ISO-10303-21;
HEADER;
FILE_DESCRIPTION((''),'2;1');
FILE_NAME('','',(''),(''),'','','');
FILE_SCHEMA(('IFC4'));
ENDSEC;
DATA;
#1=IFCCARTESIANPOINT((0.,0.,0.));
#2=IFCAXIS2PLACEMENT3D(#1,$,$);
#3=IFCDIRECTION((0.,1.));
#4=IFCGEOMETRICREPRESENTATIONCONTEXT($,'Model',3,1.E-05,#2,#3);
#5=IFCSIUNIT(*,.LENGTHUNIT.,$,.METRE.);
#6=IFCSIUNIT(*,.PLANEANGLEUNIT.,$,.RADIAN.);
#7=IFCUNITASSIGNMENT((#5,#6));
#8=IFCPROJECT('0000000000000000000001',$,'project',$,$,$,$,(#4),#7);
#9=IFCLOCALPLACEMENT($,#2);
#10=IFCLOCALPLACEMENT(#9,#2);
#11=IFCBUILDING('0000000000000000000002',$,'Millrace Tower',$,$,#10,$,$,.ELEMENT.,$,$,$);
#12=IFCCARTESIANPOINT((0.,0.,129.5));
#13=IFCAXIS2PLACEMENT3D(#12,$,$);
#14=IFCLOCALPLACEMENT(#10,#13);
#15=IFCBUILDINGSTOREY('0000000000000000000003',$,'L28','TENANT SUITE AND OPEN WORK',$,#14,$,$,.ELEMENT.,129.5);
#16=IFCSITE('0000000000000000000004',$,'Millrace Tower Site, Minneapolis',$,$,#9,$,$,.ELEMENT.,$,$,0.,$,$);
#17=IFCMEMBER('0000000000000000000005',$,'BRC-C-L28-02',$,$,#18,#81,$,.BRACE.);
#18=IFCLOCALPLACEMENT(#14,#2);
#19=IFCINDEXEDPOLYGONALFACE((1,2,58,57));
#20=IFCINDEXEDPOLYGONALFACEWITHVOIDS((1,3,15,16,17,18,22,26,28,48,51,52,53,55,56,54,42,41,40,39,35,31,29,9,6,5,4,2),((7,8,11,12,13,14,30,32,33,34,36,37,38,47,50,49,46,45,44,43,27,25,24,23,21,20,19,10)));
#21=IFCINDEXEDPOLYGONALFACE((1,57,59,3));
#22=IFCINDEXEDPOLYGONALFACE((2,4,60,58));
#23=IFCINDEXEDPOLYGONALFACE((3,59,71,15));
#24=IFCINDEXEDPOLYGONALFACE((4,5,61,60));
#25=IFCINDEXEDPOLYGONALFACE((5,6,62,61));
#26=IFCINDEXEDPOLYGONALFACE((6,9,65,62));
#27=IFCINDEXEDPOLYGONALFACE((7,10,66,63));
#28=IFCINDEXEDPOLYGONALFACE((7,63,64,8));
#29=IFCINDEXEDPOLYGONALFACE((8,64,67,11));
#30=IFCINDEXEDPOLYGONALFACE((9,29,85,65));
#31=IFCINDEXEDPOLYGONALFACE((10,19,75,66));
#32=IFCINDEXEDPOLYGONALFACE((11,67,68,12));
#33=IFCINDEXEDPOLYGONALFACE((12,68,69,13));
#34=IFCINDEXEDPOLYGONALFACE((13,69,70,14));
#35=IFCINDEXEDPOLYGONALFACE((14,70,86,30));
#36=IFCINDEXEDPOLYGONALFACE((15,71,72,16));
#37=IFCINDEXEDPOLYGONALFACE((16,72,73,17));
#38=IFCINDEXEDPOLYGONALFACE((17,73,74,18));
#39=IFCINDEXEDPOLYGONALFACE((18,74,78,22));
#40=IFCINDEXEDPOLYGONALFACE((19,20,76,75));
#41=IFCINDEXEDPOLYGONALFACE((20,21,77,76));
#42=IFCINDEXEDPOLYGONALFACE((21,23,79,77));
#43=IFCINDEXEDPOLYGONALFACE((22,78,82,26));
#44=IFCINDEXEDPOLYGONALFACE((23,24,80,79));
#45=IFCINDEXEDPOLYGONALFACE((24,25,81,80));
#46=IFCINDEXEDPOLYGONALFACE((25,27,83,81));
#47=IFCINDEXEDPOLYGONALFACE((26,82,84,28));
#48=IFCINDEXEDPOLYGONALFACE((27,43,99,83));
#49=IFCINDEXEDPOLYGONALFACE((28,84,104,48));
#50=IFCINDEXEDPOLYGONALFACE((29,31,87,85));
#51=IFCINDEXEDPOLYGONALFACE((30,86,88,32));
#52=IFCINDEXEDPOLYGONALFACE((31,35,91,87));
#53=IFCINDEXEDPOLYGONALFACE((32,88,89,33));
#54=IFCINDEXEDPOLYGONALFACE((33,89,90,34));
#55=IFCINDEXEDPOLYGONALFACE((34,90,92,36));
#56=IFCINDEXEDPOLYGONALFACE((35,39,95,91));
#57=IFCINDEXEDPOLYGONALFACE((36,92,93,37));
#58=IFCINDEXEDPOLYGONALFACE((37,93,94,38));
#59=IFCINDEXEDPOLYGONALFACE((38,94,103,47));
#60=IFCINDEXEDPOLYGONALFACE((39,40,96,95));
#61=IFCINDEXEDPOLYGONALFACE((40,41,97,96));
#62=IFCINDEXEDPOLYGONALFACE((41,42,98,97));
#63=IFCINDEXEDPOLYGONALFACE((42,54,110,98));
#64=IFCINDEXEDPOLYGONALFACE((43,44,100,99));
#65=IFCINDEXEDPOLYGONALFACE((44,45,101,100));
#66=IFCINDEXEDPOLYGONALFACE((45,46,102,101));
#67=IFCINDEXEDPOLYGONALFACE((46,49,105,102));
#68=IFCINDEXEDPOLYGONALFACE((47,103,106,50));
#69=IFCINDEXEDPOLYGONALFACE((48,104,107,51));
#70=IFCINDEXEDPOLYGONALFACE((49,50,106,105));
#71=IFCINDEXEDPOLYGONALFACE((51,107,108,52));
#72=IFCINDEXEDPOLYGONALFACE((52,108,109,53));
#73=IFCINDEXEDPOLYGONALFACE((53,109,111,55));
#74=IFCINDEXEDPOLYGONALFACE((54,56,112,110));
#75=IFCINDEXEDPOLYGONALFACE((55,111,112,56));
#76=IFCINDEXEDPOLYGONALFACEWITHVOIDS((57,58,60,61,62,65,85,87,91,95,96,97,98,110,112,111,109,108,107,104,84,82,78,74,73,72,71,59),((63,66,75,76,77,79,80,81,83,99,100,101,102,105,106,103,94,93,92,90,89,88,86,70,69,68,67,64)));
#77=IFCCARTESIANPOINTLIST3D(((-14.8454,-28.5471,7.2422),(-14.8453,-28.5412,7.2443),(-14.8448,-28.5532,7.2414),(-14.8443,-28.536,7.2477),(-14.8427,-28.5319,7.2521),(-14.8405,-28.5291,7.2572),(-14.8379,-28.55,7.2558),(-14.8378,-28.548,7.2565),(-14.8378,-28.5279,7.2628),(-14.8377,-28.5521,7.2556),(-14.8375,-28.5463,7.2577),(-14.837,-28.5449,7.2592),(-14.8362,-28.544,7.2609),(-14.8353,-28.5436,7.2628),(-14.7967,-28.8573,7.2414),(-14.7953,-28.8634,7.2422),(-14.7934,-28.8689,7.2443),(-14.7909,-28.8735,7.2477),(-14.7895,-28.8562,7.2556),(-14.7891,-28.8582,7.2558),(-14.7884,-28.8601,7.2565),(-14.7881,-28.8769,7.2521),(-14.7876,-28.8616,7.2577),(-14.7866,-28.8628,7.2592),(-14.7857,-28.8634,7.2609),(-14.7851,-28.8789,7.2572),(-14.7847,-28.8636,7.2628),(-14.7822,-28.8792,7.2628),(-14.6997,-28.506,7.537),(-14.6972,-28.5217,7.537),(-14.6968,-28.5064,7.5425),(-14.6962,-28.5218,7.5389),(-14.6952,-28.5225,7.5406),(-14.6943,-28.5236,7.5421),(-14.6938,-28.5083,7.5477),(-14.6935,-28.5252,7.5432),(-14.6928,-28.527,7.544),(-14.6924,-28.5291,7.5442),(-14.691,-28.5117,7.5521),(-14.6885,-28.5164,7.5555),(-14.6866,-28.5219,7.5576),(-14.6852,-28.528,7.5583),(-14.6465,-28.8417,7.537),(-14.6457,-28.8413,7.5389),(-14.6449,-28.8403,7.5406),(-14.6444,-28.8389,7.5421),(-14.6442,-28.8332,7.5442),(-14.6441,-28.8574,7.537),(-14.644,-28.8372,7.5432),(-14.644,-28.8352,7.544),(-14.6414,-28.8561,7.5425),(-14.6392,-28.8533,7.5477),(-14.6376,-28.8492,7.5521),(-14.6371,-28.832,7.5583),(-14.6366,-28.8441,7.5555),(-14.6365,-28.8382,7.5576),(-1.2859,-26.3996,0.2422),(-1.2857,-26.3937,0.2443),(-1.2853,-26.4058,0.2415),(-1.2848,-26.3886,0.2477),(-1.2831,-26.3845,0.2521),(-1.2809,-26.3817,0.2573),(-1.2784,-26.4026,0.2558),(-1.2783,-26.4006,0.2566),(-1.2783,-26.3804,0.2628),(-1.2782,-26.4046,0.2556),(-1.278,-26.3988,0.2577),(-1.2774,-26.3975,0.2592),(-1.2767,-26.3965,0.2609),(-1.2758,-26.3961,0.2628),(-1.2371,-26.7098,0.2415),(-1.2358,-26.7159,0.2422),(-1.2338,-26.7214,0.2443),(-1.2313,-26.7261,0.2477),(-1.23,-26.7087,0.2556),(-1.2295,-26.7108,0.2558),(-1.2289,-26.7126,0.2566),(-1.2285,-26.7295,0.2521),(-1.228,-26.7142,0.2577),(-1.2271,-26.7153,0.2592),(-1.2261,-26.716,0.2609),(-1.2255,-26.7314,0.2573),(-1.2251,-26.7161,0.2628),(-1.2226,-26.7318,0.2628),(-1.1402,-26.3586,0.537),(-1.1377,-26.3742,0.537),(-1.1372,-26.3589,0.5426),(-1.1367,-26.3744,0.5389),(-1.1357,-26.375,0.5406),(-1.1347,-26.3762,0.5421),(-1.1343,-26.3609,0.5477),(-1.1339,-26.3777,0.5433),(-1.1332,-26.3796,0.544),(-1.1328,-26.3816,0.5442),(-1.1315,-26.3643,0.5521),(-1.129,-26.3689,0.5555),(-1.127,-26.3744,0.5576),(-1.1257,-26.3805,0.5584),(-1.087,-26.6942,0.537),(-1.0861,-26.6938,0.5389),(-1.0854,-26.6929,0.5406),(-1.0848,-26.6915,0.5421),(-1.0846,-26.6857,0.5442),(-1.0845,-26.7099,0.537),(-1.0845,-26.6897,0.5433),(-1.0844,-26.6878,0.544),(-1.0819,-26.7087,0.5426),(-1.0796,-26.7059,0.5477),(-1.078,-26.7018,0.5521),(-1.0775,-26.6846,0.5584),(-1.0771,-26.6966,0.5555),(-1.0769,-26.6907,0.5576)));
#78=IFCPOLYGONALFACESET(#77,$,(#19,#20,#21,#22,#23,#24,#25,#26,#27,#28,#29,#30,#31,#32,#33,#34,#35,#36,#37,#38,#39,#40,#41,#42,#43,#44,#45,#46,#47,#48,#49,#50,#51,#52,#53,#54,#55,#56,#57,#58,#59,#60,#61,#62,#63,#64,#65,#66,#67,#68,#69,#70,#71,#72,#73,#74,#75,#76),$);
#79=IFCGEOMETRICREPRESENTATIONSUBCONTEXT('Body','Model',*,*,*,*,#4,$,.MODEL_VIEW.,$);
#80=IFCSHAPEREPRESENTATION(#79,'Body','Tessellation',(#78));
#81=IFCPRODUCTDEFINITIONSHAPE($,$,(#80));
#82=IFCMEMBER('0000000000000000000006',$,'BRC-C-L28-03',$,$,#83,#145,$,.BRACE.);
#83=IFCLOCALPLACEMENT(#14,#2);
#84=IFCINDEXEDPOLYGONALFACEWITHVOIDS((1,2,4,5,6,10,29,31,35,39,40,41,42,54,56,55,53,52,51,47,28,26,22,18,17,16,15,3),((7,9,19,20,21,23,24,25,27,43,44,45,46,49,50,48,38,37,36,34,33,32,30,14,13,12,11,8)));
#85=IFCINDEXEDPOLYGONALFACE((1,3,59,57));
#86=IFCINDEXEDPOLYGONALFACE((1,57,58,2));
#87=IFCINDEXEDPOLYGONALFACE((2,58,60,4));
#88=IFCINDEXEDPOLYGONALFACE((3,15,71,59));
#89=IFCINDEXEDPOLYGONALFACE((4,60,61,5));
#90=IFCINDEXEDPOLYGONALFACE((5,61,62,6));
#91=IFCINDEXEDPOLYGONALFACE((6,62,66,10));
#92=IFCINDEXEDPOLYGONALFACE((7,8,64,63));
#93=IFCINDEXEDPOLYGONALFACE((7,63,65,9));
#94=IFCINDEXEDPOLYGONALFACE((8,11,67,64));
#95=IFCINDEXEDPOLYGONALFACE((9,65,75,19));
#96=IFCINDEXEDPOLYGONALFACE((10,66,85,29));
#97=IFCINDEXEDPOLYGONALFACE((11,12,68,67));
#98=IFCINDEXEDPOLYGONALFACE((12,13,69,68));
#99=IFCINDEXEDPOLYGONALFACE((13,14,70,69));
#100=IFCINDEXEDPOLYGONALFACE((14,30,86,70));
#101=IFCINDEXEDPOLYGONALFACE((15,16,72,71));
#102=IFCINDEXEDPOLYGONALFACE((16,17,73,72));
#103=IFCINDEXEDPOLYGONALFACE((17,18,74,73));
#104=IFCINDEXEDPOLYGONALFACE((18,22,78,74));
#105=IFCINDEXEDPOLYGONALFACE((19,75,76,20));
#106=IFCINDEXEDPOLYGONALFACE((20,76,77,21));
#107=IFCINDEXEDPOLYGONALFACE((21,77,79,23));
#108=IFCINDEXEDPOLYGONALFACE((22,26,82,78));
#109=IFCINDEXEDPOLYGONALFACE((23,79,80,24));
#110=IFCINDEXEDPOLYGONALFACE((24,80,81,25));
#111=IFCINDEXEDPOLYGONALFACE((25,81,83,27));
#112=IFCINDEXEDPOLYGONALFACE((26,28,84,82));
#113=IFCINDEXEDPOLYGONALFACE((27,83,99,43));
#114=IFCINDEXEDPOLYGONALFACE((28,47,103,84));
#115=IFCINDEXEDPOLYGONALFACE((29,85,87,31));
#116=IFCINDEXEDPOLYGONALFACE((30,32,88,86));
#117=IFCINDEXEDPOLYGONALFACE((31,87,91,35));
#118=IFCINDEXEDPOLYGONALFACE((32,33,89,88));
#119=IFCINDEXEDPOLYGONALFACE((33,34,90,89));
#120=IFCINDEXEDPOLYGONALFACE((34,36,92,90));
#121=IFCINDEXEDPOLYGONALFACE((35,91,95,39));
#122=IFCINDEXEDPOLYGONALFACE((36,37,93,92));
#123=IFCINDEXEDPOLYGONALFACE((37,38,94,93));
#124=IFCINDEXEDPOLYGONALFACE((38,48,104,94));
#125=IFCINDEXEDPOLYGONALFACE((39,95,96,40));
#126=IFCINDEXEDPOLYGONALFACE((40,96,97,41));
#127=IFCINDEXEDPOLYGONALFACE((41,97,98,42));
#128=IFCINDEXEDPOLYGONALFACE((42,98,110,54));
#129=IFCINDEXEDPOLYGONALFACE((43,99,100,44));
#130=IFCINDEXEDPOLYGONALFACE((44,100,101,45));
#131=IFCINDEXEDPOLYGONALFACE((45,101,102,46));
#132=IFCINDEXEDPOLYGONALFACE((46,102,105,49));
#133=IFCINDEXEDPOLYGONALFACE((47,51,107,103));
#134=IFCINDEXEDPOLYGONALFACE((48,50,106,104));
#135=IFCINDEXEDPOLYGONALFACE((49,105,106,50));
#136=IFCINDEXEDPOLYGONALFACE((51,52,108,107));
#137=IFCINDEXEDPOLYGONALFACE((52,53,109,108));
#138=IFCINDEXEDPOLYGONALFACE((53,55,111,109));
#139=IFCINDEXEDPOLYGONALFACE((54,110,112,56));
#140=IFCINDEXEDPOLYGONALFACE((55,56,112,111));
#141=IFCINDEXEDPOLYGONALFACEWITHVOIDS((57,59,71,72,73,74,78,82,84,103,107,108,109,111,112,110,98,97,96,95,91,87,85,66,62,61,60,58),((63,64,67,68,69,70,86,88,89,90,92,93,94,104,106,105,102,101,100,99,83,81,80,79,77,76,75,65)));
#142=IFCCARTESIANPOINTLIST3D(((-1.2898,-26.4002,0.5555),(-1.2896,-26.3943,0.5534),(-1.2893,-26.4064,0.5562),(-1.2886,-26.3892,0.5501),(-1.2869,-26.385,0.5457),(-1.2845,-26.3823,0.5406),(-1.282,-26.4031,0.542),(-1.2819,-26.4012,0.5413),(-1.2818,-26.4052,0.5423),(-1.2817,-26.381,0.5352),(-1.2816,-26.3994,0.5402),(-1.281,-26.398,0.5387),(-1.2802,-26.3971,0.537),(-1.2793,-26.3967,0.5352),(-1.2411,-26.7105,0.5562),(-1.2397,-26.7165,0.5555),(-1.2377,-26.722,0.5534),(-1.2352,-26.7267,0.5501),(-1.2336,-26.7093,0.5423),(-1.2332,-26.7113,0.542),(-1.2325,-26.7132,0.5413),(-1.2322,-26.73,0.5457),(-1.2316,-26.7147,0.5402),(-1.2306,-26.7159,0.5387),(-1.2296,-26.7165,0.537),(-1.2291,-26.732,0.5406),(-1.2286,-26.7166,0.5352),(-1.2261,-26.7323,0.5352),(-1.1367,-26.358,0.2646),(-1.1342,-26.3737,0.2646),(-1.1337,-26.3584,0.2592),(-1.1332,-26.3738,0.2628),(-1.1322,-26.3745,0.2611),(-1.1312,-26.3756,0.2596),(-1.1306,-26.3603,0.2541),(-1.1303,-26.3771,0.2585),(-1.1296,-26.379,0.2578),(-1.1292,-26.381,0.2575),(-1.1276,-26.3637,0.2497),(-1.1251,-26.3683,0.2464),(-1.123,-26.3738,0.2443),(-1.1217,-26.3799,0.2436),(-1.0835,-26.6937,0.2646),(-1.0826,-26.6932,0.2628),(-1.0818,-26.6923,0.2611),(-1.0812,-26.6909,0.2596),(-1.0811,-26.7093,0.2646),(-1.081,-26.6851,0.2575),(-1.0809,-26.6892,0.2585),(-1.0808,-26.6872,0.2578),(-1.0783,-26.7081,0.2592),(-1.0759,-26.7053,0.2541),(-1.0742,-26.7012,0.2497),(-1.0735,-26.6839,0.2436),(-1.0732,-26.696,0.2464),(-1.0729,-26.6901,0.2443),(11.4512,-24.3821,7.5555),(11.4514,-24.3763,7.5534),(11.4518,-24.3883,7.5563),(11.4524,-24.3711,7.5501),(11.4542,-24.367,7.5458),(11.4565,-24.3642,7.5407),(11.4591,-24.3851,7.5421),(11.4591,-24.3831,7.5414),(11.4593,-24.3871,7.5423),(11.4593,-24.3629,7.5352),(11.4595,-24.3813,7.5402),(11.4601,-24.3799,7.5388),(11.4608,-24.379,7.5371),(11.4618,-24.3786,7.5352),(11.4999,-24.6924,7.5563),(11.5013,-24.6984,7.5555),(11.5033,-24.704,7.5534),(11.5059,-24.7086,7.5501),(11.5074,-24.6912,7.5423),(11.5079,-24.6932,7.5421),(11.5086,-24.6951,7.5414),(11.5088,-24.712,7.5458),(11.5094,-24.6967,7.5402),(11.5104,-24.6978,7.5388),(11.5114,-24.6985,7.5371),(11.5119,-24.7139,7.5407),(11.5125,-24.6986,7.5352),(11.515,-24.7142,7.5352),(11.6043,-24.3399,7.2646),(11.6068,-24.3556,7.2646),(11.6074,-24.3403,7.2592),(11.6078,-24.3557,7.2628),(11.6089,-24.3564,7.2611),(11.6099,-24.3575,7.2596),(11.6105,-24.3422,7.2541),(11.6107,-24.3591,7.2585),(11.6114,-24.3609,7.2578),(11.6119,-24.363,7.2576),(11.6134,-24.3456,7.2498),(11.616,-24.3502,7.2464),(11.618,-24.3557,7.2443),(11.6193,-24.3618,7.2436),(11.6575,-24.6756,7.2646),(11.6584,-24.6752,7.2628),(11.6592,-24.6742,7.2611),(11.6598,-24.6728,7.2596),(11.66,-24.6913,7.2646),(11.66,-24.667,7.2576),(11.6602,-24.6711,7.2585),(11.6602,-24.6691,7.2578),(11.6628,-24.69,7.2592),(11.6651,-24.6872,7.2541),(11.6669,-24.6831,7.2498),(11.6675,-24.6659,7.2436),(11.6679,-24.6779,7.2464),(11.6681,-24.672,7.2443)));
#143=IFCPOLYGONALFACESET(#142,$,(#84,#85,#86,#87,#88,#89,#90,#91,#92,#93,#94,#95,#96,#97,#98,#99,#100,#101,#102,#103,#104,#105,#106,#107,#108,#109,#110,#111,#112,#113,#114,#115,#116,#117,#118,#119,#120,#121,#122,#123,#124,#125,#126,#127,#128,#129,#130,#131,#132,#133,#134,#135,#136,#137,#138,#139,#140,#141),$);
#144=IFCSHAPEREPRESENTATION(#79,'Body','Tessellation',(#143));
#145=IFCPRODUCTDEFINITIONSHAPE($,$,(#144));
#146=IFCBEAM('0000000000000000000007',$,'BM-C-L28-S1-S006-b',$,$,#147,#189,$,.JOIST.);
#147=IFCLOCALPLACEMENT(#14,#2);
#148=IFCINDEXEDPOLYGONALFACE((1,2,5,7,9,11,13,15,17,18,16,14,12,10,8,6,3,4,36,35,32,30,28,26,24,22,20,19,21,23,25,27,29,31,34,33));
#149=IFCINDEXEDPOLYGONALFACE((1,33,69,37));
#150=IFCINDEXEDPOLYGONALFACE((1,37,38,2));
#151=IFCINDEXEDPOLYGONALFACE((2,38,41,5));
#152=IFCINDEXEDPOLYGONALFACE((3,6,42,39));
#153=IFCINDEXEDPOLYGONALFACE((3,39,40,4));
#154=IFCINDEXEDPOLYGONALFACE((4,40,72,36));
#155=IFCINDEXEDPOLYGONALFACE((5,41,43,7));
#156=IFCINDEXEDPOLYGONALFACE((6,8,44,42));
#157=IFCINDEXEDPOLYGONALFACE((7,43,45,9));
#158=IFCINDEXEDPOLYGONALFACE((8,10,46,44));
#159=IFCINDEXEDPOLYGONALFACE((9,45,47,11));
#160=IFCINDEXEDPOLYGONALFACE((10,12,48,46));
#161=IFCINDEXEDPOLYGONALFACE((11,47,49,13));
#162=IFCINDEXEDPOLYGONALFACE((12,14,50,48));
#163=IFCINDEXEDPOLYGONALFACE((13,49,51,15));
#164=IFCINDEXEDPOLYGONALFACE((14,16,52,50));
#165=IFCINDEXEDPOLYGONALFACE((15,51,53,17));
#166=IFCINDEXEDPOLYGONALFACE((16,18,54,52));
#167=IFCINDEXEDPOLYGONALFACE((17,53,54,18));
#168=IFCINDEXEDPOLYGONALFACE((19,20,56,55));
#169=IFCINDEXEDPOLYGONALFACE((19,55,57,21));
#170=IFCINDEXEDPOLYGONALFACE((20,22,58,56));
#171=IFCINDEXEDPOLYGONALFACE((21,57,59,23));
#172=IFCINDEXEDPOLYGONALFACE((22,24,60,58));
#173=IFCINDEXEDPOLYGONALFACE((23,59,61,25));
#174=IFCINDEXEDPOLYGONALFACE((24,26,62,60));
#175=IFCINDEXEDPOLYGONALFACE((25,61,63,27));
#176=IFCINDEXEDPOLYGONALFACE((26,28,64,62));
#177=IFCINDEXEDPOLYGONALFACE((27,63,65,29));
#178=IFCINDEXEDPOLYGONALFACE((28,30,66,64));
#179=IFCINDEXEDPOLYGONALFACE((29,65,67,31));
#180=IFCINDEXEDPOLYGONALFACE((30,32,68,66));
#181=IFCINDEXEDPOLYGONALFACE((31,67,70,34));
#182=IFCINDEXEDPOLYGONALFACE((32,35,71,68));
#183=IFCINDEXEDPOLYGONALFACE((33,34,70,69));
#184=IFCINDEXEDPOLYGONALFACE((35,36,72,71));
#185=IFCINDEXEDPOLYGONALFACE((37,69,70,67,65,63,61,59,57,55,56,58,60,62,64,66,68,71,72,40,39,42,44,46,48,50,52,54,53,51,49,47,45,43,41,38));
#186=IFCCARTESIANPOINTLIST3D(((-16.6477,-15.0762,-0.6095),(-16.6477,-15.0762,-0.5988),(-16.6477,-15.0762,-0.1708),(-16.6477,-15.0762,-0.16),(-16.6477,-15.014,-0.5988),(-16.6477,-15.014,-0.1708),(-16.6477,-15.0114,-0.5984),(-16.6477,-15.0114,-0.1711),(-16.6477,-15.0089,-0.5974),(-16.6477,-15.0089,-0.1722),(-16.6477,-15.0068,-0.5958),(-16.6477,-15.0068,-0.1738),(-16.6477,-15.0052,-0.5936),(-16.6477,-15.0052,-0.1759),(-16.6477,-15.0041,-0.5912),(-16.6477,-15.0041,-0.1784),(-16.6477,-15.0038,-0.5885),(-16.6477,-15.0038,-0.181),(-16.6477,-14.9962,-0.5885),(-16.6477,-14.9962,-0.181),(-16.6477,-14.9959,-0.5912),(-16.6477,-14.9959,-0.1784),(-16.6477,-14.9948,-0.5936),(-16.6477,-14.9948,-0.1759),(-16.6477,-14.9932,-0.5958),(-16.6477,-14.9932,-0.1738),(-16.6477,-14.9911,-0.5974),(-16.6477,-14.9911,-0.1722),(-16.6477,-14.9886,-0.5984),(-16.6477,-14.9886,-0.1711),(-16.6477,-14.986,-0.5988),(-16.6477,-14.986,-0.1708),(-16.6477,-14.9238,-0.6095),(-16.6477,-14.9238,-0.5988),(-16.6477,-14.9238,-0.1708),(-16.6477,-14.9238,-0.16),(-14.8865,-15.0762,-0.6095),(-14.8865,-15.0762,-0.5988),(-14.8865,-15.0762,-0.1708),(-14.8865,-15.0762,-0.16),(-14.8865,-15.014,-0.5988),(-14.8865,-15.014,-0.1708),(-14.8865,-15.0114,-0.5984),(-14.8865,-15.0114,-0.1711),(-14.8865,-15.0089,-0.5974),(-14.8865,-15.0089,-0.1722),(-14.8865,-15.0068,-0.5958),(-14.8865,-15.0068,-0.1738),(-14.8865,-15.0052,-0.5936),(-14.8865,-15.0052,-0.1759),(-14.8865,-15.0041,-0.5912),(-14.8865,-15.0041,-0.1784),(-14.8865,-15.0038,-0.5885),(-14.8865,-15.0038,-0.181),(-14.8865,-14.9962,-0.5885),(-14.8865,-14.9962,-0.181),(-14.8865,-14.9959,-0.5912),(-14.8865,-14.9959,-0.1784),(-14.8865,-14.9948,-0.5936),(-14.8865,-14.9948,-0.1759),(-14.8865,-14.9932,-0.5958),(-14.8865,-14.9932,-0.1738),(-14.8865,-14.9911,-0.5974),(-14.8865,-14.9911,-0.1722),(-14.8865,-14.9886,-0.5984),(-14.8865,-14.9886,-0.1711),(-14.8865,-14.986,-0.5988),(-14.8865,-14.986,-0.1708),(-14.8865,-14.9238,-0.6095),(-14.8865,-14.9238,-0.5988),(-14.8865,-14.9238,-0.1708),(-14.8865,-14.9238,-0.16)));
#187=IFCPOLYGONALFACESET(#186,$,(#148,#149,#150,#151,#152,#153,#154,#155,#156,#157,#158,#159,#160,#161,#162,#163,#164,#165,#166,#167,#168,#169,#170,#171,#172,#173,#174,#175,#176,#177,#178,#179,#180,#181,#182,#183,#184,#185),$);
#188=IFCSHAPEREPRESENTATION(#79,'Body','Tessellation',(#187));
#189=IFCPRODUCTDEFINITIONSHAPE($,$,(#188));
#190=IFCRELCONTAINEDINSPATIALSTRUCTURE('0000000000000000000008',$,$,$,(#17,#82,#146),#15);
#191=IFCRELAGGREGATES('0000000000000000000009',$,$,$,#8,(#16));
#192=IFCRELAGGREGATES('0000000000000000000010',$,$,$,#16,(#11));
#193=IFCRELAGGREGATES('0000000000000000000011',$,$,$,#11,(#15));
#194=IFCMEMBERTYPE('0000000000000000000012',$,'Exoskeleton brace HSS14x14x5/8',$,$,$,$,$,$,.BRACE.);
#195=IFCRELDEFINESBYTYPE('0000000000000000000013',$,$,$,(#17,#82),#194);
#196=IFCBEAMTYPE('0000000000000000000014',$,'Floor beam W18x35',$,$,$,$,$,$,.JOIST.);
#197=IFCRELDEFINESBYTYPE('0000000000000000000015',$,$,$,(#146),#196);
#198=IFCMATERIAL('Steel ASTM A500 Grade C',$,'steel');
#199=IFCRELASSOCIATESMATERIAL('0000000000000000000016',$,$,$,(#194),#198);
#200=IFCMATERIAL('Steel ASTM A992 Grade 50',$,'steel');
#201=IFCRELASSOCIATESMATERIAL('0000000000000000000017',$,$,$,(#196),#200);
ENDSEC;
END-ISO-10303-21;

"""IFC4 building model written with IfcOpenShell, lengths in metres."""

from ifc_helpers import new_model, si_unit, direction, frame, origin, origin_2d, place, context, subcontext, project, spatial, hollow_rectangle, i_section, extrude, material, material_profile, profile_set, type_object, element, save


model = new_model("IFC4")

# Units and contexts
model_context = context("Model", 3, precision=1e-05, world=origin(), true_north=direction((0.0, 1.0)))
body_context = subcontext(model_context, "Body", "Model", "MODEL_VIEW")
ifc_project = project(units=[si_unit("LENGTHUNIT", "METRE"), si_unit("PLANEANGLEUNIT", "RADIAN")], contexts=[model_context])

# Site, building, storey
site_placement = place(None, origin())
site = spatial("IfcSite", under=ifc_project, at=site_placement, Name="Millrace Tower Site, Minneapolis", CompositionType="ELEMENT", RefElevation=0.0)
building_placement = place(site_placement, origin())
building = spatial("IfcBuilding", under=site, at=building_placement, Name="Millrace Tower", CompositionType="ELEMENT")
storey_placement = place(building_placement, frame((0.0, 0.0, 129.5)))
storey = spatial("IfcBuildingStorey", under=building, at=storey_placement, Name="L28", Description="TENANT SUITE AND OPEN WORK", CompositionType="ELEMENT", Elevation=129.5)

# Members
ifc_material_1 = material(Name="Steel ASTM A500 Grade C", Category="steel")
ifc_material_profile_1 = material_profile(ifc_material_1, hollow_rectangle(XDim=0.3557, YDim=0.3557, WallThickness=0.0159, InnerFilletRadius=0.0081, OuterFilletRadius=0.0239, at=origin_2d()))
ifc_profile_set_1 = profile_set([ifc_material_profile_1], Name="Steel ASTM A500 Grade C")
member_type_1 = type_object("IfcMemberType", Name="Exoskeleton brace HSS14x14x5/8", PredefinedType="BRACE", material=ifc_profile_set_1)
member_1_placement = place(storey_placement, frame((-1.1814, -26.5452, 0.3999), z_axis=(-0.87991, -0.139353, 0.454245), x_axis=(0.156423, -0.98769, 0.0)))
element("IfcMember", 1, at=member_1_placement, inside=storey, type_object=member_type_1, Name="BRC-C-L28-02", PredefinedType="BRACE", context=body_context, shape_type="SweptSolid", body=[
    extrude(hollow_rectangle(XDim=0.3557, YDim=0.3557, WallThickness=0.0159, InnerFilletRadius=0.0081, OuterFilletRadius=0.0239, at=origin_2d()), origin(), (0.0, 0.0, 1.0), 15.4102),
])
member_2_placement = place(storey_placement, frame((-1.1814, -26.5452, 0.3999), z_axis=(0.86811, 0.137502, 0.476947), x_axis=(-0.156442, 0.987687, 0.0)))
element("IfcMember", 2, at=member_2_placement, inside=storey, type_object=member_type_1, Name="BRC-C-L28-03", PredefinedType="BRACE", context=body_context, shape_type="SweptSolid", body=[
    extrude(hollow_rectangle(XDim=0.3557, YDim=0.3557, WallThickness=0.0159, InnerFilletRadius=0.0081, OuterFilletRadius=0.0239, at=origin_2d()), origin(), (0.0, 0.0, 1.0), 14.6768),
])

# Beam
ifc_material_2 = material(Name="Steel ASTM A992 Grade 50", Category="steel")
ifc_material_profile_2 = material_profile(ifc_material_2, i_section(OverallWidth=0.1523, OverallDepth=0.4495, WebThickness=0.0076, FlangeThickness=0.0107, FilletRadius=0.0103, at=origin_2d()))
ifc_profile_set_2 = profile_set([ifc_material_profile_2], Name="Steel ASTM A992 Grade 50")
beam_type_1 = type_object("IfcBeamType", Name="Floor beam W18x35", PredefinedType="JOIST", material=ifc_profile_set_2)
beam_1_placement = place(storey_placement, frame((-16.6477, -15.0, -0.3848), z_axis=(1.0, 0.0, 0.0), x_axis=(0.0, 1.0, 0.0)))
element("IfcBeam", 3, at=beam_1_placement, inside=storey, type_object=beam_type_1, Name="BM-C-L28-S1-S006-b", PredefinedType="JOIST", context=body_context, shape_type="SweptSolid", body=[
    extrude(i_section(OverallWidth=0.1523, OverallDepth=0.4495, WebThickness=0.0076, FlangeThickness=0.0107, FilletRadius=0.0103, at=origin_2d()), origin(), (0.0, 0.0, 1.0), 1.7612),
])

save(model, "model.ifc")
